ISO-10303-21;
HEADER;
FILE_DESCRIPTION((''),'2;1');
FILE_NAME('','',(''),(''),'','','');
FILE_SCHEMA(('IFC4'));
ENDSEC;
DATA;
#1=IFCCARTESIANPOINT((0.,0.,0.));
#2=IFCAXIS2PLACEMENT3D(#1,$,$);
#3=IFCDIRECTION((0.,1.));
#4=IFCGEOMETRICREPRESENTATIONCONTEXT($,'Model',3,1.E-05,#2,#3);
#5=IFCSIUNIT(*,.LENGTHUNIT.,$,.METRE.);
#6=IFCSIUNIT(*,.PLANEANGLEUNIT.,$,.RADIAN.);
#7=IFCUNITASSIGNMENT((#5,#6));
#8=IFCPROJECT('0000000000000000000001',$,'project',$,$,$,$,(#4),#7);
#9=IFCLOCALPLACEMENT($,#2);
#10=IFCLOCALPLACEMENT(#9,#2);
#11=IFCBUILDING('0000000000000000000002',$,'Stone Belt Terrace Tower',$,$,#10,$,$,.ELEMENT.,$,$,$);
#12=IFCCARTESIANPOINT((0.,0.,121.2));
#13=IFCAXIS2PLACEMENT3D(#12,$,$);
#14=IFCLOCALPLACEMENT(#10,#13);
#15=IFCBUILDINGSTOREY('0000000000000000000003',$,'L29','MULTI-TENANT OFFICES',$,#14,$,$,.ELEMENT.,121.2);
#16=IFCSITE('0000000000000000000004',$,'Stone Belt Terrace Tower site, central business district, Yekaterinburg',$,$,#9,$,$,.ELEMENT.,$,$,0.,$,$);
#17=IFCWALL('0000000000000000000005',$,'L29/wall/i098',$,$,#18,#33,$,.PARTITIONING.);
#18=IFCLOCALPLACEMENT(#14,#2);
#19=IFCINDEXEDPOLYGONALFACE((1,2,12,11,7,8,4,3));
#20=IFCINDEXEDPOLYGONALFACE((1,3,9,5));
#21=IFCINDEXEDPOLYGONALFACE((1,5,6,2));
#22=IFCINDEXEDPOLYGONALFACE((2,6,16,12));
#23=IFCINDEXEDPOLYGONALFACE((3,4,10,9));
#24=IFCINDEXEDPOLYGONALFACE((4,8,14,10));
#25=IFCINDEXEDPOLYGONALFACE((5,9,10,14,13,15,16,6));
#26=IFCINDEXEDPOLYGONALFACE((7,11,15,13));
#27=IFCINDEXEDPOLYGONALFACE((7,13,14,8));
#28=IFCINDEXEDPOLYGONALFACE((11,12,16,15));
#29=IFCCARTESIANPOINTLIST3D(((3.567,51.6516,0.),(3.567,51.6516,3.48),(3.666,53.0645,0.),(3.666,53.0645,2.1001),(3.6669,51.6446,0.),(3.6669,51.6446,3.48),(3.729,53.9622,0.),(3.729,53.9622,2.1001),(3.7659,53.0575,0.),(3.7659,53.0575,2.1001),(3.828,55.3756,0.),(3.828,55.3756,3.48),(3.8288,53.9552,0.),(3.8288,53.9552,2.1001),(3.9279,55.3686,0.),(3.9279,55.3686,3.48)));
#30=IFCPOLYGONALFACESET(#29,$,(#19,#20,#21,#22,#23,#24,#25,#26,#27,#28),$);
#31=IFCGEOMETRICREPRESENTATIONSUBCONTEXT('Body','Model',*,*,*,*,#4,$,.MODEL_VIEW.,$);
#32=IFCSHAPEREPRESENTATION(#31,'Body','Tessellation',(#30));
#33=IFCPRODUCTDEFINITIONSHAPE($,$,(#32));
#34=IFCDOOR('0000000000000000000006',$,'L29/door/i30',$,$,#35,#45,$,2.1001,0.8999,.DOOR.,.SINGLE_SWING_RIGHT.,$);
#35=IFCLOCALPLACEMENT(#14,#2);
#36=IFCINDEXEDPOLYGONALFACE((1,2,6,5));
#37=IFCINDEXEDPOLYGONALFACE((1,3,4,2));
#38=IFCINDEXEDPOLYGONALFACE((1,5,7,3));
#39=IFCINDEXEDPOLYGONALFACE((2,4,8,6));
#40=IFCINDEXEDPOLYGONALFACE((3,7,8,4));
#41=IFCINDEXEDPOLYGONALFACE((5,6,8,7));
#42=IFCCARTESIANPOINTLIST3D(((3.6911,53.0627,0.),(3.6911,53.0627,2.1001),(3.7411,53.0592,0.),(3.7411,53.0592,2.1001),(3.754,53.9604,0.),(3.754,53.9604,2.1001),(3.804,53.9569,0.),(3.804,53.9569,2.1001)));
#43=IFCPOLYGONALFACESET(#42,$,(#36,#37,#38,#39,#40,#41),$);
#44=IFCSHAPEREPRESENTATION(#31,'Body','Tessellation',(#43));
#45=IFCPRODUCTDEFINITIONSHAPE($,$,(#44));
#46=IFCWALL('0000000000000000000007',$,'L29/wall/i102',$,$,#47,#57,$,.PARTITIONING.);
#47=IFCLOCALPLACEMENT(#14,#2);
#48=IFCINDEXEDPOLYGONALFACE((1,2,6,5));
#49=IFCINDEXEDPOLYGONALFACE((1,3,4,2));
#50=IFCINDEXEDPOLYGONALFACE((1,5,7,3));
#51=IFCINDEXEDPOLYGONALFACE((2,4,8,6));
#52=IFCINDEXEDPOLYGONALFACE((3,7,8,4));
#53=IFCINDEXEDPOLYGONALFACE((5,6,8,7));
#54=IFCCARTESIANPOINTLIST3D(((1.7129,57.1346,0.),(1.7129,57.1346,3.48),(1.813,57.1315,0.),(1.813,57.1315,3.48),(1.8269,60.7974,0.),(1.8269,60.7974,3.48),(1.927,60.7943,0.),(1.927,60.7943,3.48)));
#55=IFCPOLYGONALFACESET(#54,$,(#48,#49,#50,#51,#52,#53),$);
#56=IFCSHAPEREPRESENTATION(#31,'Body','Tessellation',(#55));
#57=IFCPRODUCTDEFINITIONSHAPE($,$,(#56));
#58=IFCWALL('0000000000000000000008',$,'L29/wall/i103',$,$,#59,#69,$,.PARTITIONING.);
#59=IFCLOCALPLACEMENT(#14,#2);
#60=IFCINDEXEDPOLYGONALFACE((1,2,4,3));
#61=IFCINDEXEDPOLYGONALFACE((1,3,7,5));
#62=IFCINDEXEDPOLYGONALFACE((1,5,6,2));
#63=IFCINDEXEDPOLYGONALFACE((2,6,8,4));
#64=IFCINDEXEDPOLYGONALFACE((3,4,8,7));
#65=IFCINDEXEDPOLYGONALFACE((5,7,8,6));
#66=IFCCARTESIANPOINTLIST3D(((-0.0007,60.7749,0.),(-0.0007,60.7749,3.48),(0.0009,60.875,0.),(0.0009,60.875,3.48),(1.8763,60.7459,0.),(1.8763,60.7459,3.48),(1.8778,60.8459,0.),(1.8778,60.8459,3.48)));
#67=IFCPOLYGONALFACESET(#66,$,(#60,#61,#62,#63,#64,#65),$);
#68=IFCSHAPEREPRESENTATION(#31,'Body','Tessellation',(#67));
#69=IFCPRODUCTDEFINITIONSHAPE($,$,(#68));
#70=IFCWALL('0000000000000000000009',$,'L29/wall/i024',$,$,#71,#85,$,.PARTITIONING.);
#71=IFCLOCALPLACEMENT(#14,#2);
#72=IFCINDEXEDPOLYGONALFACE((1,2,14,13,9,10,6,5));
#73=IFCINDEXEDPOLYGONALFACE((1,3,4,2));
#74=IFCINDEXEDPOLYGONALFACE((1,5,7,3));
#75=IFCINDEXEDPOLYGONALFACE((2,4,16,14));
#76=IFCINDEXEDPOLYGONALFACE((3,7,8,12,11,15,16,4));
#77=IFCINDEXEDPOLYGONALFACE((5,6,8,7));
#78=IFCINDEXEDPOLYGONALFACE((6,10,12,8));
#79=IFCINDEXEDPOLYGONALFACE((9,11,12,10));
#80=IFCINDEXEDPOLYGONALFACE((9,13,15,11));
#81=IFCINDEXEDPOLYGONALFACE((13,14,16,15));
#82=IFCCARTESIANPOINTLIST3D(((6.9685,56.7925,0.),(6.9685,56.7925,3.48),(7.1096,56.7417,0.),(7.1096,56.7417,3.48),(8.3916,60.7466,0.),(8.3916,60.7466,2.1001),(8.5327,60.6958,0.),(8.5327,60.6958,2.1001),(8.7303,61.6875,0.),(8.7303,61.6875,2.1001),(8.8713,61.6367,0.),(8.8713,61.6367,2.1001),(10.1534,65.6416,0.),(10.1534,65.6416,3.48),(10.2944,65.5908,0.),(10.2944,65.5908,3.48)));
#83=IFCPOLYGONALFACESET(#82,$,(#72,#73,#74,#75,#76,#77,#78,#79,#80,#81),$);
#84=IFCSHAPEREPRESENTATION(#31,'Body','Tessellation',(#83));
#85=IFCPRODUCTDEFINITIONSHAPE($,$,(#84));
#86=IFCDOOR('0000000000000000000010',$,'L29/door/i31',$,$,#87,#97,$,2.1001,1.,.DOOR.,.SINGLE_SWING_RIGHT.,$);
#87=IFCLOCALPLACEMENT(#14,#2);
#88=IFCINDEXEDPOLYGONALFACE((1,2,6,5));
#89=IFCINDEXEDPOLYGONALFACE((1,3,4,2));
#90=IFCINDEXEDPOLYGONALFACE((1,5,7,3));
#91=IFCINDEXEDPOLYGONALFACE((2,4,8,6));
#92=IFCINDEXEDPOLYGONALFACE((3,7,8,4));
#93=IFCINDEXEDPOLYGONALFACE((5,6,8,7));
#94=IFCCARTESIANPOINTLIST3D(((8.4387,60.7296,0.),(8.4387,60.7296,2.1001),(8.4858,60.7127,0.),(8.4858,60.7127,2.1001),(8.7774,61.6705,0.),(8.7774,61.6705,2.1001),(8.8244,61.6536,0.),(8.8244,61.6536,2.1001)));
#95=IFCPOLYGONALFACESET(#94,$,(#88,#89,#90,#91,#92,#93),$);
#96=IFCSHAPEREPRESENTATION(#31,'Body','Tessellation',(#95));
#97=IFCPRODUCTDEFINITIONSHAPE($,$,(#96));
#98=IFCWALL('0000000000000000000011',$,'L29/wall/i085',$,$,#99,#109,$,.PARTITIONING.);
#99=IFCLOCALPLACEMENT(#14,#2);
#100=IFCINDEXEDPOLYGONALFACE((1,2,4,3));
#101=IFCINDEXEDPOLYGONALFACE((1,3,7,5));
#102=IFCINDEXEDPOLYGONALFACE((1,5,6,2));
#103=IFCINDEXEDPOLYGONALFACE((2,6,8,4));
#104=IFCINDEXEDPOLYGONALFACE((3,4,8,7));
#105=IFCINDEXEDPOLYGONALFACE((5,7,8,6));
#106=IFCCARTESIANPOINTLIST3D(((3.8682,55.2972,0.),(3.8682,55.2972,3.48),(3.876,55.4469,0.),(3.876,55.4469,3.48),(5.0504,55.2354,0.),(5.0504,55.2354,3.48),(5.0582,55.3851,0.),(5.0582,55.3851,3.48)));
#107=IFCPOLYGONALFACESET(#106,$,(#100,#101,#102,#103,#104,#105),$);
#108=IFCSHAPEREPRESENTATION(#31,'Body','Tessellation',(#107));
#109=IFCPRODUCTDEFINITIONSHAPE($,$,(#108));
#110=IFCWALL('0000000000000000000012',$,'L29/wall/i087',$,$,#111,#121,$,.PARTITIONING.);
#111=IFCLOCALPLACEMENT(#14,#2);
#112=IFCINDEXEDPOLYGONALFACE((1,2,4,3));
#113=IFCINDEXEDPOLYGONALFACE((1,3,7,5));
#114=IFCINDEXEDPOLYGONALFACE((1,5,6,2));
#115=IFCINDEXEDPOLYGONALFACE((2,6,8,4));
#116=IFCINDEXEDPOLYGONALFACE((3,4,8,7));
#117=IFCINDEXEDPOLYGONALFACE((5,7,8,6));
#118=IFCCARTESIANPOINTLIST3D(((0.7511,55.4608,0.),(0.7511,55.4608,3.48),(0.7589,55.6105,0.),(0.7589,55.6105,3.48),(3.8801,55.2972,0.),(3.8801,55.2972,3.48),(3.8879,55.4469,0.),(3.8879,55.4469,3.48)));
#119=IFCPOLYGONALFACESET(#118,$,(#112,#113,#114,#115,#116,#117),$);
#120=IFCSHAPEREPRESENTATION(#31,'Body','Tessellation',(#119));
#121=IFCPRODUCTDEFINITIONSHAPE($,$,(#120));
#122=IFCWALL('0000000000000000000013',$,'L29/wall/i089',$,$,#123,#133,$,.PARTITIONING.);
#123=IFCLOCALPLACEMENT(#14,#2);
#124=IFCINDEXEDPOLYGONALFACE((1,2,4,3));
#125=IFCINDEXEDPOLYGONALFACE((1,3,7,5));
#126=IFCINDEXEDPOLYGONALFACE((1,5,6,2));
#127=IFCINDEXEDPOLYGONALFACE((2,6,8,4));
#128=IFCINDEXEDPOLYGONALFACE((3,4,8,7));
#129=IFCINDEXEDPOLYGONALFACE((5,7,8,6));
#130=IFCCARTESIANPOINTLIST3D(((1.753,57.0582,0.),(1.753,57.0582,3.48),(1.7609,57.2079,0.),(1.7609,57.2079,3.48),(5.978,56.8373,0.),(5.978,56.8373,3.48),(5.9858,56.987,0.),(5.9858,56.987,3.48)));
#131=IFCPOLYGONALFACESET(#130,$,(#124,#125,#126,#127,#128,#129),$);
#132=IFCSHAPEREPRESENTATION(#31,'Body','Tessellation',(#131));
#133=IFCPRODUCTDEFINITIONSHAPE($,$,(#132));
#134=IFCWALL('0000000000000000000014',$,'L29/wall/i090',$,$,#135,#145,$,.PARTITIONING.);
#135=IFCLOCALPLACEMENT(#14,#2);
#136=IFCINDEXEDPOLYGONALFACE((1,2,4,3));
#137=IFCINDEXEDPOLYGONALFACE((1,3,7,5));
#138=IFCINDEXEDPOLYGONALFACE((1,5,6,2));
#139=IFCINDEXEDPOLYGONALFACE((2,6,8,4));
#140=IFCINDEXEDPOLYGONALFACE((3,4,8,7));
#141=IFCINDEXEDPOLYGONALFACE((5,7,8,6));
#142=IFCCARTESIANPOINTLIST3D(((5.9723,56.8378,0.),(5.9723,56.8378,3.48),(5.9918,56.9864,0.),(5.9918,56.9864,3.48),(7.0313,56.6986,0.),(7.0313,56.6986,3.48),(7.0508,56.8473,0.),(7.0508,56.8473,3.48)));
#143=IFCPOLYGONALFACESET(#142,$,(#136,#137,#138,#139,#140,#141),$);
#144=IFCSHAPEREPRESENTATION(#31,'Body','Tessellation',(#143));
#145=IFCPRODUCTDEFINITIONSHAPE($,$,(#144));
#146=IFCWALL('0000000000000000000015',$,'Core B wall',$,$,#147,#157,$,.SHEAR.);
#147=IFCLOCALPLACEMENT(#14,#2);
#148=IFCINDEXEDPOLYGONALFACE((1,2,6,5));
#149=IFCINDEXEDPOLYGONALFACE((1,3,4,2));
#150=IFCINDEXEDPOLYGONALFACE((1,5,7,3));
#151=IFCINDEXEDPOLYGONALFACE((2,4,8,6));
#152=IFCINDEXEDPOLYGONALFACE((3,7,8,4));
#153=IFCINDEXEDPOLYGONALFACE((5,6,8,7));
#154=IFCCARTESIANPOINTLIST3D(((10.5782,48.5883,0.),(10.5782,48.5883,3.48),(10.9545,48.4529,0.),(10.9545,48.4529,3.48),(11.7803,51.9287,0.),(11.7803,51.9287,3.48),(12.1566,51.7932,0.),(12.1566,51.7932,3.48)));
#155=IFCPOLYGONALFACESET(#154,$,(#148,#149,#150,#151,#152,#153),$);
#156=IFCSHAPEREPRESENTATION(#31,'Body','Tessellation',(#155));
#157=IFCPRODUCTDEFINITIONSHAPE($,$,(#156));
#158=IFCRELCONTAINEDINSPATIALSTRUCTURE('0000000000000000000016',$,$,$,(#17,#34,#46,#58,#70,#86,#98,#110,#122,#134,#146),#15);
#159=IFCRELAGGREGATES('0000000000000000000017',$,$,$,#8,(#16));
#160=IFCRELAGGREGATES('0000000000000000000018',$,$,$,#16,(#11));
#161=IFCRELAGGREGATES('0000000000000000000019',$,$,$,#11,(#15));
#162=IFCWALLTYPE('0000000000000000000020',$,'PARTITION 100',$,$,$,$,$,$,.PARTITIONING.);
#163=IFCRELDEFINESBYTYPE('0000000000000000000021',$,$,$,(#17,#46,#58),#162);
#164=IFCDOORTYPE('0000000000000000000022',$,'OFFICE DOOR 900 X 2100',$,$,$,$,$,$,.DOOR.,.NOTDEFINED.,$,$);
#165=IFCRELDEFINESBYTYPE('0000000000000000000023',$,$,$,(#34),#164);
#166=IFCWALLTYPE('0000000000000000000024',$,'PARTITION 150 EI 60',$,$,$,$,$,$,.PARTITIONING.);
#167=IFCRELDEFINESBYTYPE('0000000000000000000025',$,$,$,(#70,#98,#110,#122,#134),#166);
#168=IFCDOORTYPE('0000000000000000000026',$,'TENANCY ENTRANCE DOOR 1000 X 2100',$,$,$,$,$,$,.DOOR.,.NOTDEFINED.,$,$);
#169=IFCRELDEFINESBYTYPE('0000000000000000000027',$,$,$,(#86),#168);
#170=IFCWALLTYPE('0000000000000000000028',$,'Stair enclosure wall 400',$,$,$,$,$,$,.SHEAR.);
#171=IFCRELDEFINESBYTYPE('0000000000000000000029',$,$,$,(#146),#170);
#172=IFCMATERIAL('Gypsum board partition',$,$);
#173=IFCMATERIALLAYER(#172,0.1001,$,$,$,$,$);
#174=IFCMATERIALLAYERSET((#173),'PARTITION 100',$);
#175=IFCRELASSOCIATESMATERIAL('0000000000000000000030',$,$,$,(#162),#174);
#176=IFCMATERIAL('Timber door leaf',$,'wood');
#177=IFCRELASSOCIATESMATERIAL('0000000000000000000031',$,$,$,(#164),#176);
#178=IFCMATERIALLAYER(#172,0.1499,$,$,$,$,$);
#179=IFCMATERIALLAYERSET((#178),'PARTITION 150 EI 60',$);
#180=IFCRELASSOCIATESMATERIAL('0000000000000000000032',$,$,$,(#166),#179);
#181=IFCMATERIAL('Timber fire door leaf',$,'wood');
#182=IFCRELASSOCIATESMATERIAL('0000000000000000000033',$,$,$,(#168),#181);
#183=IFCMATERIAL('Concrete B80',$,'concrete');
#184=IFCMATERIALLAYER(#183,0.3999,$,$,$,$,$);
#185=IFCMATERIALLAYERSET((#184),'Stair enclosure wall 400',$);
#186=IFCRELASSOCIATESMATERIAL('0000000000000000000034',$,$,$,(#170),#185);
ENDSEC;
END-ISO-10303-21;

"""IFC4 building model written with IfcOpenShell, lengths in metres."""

from ifc_helpers import new_model, si_unit, direction, frame, frame_2d, origin, place, context, subcontext, project, spatial, rectangle, extrude, material, layer, layer_set, type_object, element, fill, save


model = new_model("IFC4")

# Units and contexts
model_context = context("Model", 3, precision=1e-05, world=origin(), true_north=direction((0.0, 1.0)))
body_context = subcontext(model_context, "Body", "Model", "MODEL_VIEW")
ifc_project = project(units=[si_unit("LENGTHUNIT", "METRE"), si_unit("PLANEANGLEUNIT", "RADIAN")], contexts=[model_context])

# Site, building, storey
site_placement = place(None, origin())
site = spatial("IfcSite", under=ifc_project, at=site_placement, Name="Stone Belt Terrace Tower site, central business district, Yekaterinburg", CompositionType="ELEMENT", RefElevation=0.0)
building_placement = place(site_placement, origin())
building = spatial("IfcBuilding", under=site, at=building_placement, Name="Stone Belt Terrace Tower", CompositionType="ELEMENT")
storey_placement = place(building_placement, frame((0.0, 0.0, 121.2)))
storey = spatial("IfcBuildingStorey", under=building, at=storey_placement, Name="L29", Description="MULTI-TENANT OFFICES", CompositionType="ELEMENT", Elevation=121.2)

# Shared definitions
ifc_material_1 = material(Name="Concrete B80", Category="concrete")

# Shared definitions
ifc_material_2 = material(Name="Timber door leaf", Category="wood")

# Wall, opening, door
ifc_material_3 = material(Name="Gypsum board partition")
ifc_layer_1 = layer(ifc_material_3, 0.1001)
ifc_layer_set_1 = layer_set([ifc_layer_1], Name="PARTITION 100")
wall_type_1 = type_object("IfcWallType", Name="PARTITION 100", PredefinedType="PARTITIONING", material=ifc_layer_set_1)
wall_1_placement = place(storey_placement, frame((3.6169, 51.6479, 0.0), z_axis=(0.0, 0.0, 1.0), x_axis=(0.069909, 0.997553, 0.0)))
wall_1 = element("IfcWall", 1, at=wall_1_placement, inside=storey, type_object=wall_type_1, Name="L29/wall/i098", PredefinedType="PARTITIONING", context=body_context, shape_type="SweptSolid", body=[
    extrude(rectangle(XDim=3.7332, YDim=0.1001, at=frame_2d((1.8667, 0.0))), origin(), (0.0, 0.0, 1.0), 3.48),
])
opening_1_placement = place(wall_1_placement, frame((1.4165, 0.0, 0.0)))
opening_1 = element("IfcOpeningElement", 2, at=opening_1_placement, cuts=wall_1, PredefinedType="OPENING", context=body_context, shape_type="SweptSolid", body=[
    extrude(rectangle(XDim=0.8999, YDim=2.1001, at=frame_2d((0.45, 1.05))), frame((0.0, 0.0601, 0.0), z_axis=(0.0, -1.0, 0.0), x_axis=(1.0, 0.0, 0.0)), (0.0, 0.0, 1.0), 0.1201),
])
door_type_1 = type_object("IfcDoorType", Name="OFFICE DOOR 900 X 2100", OperationType="NOTDEFINED", PredefinedType="DOOR", material=ifc_material_2)
door_1_placement = place(opening_1_placement, origin())
door_1 = element("IfcDoor", 3, at=door_1_placement, inside=storey, type_object=door_type_1, Name="L29/door/i30", OperationType="SINGLE_SWING_RIGHT", OverallHeight=2.1001, OverallWidth=0.8999, PredefinedType="DOOR", context=body_context, shape_type="SweptSolid", body=[
    extrude(rectangle(XDim=0.8999, YDim=2.1001, at=frame_2d((0.45, 1.05))), frame((0.0, 0.0249, 0.0), z_axis=(0.0, -1.0, 0.0), x_axis=(1.0, 0.0, 0.0)), (0.0, 0.0, 1.0), 0.05),
])
fill(opening_1, door_1)

# Walls
wall_2_placement = place(storey_placement, frame((1.7629, 57.1331, 0.0), z_axis=(0.0, 0.0, 1.0), x_axis=(0.031112, 0.999516, 0.0)))
element("IfcWall", 4, at=wall_2_placement, inside=storey, type_object=wall_type_1, Name="L29/wall/i102", PredefinedType="PARTITIONING", context=body_context, shape_type="SweptSolid", body=[
    extrude(rectangle(XDim=3.6646, YDim=0.1001, at=frame_2d((1.8323, 0.0))), origin(), (0.0, 0.0, 1.0), 3.48),
])
wall_3_placement = place(storey_placement, frame((1.877, 60.7959, 0.0), z_axis=(0.0, 0.0, 1.0), x_axis=(-0.99988, 0.015477, 0.0)))
element("IfcWall", 5, at=wall_3_placement, inside=storey, type_object=wall_type_1, Name="L29/wall/i103", PredefinedType="PARTITIONING", context=body_context, shape_type="SweptSolid", body=[
    extrude(rectangle(XDim=1.8772, YDim=0.1001, at=frame_2d((0.9385, 0.0))), origin(), (0.0, 0.0, 1.0), 3.48),
])

# Wall, opening, door
ifc_layer_2 = layer(ifc_material_3, 0.1499)
ifc_layer_set_2 = layer_set([ifc_layer_2], Name="PARTITION 150 EI 60")
wall_type_2 = type_object("IfcWallType", Name="PARTITION 150 EI 60", PredefinedType="PARTITIONING", material=ifc_layer_set_2)
wall_4_placement = place(storey_placement, frame((7.0391, 56.7671, 0.0), z_axis=(0.0, 0.0, 1.0), x_axis=(0.338638, 0.940917, 0.0)))
wall_4 = element("IfcWall", 6, at=wall_4_placement, inside=storey, type_object=wall_type_2, Name="L29/wall/i024", PredefinedType="PARTITIONING", context=body_context, shape_type="SweptSolid", body=[
    extrude(rectangle(XDim=9.4048, YDim=0.1499, at=frame_2d((4.7024, 0.0))), origin(), (0.0, 0.0, 1.0), 3.48),
])
opening_2_placement = place(wall_4_placement, frame((4.2024, 0.0, 0.0)))
opening_2 = element("IfcOpeningElement", 7, at=opening_2_placement, cuts=wall_4, PredefinedType="OPENING", context=body_context, shape_type="SweptSolid", body=[
    extrude(rectangle(XDim=1.0, YDim=2.1001, at=frame_2d((0.5, 1.05))), frame((0.0, 0.085, 0.0), z_axis=(0.0, -1.0, 0.0), x_axis=(1.0, 0.0, 0.0)), (0.0, 0.0, 1.0), 0.1699),
])
ifc_material_4 = material(Name="Timber fire door leaf", Category="wood")
door_type_2 = type_object("IfcDoorType", Name="TENANCY ENTRANCE DOOR 1000 X 2100", OperationType="NOTDEFINED", PredefinedType="DOOR", material=ifc_material_4)
door_2_placement = place(opening_2_placement, origin())
door_2 = element("IfcDoor", 8, at=door_2_placement, inside=storey, type_object=door_type_2, Name="L29/door/i31", OperationType="SINGLE_SWING_RIGHT", OverallHeight=2.1001, OverallWidth=1.0, PredefinedType="DOOR", context=body_context, shape_type="SweptSolid", body=[
    extrude(rectangle(XDim=1.0, YDim=2.1001, at=frame_2d((0.5, 1.05))), frame((0.0, 0.0249, 0.0), z_axis=(0.0, -1.0, 0.0), x_axis=(1.0, 0.0, 0.0)), (0.0, 0.0, 1.0), 0.05),
])
fill(opening_2, door_2)

# Walls
wall_5_placement = place(storey_placement, frame((5.0542, 55.3103, 0.0), z_axis=(0.0, 0.0, 1.0), x_axis=(-0.998638, 0.05218, 0.0)))
element("IfcWall", 9, at=wall_5_placement, inside=storey, type_object=wall_type_2, Name="L29/wall/i085", PredefinedType="PARTITIONING", context=body_context, shape_type="SweptSolid", body=[
    extrude(rectangle(XDim=1.1838, YDim=0.1499, at=frame_2d((0.5918, 0.0))), origin(), (0.0, 0.0, 1.0), 3.48),
])
wall_6_placement = place(storey_placement, frame((3.884, 55.3721, 0.0), z_axis=(0.0, 0.0, 1.0), x_axis=(-0.998636, 0.052203, 0.0)))
element("IfcWall", 10, at=wall_6_placement, inside=storey, type_object=wall_type_2, Name="L29/wall/i087", PredefinedType="PARTITIONING", context=body_context, shape_type="SweptSolid", body=[
    extrude(rectangle(XDim=3.1333, YDim=0.1499, at=frame_2d((1.5667, 0.0))), origin(), (0.0, 0.0, 1.0), 3.48),
])
wall_7_placement = place(storey_placement, frame((1.7571, 57.1331, 0.0), z_axis=(0.0, 0.0, 1.0), x_axis=(0.998635, -0.052226, 0.0)))
element("IfcWall", 11, at=wall_7_placement, inside=storey, type_object=wall_type_2, Name="L29/wall/i089", PredefinedType="PARTITIONING", context=body_context, shape_type="SweptSolid", body=[
    extrude(rectangle(XDim=4.2307, YDim=0.1499, at=frame_2d((2.1152, 0.0))), origin(), (0.0, 0.0, 1.0), 3.48),
])
wall_8_placement = place(storey_placement, frame((5.9819, 56.9121, 0.0), z_axis=(0.0, 0.0, 1.0), x_axis=(0.991478, -0.130277, 0.0)))
element("IfcWall", 12, at=wall_8_placement, inside=storey, type_object=wall_type_2, Name="L29/wall/i090", PredefinedType="PARTITIONING", context=body_context, shape_type="SweptSolid", body=[
    extrude(rectangle(XDim=1.0681, YDim=0.1499, at=frame_2d((0.5342, 0.0))), origin(), (0.0, 0.0, 1.0), 3.48),
])
ifc_layer_3 = layer(ifc_material_1, 0.3999)
ifc_layer_set_3 = layer_set([ifc_layer_3], Name="Stair enclosure wall 400")
wall_type_3 = type_object("IfcWallType", Name="Stair enclosure wall 400", PredefinedType="SHEAR", material=ifc_layer_set_3)
wall_9_placement = place(storey_placement, frame((10.7664, 48.5208, 0.0), z_axis=(0.0, 0.0, 1.0), x_axis=(0.338627, 0.940921, 0.0)))
element("IfcWall", 13, at=wall_9_placement, inside=storey, type_object=wall_type_3, Name="Core B wall", PredefinedType="SHEAR", context=body_context, shape_type="SweptSolid", body=[
    extrude(rectangle(XDim=3.55, YDim=0.3999, at=frame_2d((1.7749, 0.0))), origin(), (0.0, 0.0, 1.0), 3.48),
])

save(model, "model.ifc")
